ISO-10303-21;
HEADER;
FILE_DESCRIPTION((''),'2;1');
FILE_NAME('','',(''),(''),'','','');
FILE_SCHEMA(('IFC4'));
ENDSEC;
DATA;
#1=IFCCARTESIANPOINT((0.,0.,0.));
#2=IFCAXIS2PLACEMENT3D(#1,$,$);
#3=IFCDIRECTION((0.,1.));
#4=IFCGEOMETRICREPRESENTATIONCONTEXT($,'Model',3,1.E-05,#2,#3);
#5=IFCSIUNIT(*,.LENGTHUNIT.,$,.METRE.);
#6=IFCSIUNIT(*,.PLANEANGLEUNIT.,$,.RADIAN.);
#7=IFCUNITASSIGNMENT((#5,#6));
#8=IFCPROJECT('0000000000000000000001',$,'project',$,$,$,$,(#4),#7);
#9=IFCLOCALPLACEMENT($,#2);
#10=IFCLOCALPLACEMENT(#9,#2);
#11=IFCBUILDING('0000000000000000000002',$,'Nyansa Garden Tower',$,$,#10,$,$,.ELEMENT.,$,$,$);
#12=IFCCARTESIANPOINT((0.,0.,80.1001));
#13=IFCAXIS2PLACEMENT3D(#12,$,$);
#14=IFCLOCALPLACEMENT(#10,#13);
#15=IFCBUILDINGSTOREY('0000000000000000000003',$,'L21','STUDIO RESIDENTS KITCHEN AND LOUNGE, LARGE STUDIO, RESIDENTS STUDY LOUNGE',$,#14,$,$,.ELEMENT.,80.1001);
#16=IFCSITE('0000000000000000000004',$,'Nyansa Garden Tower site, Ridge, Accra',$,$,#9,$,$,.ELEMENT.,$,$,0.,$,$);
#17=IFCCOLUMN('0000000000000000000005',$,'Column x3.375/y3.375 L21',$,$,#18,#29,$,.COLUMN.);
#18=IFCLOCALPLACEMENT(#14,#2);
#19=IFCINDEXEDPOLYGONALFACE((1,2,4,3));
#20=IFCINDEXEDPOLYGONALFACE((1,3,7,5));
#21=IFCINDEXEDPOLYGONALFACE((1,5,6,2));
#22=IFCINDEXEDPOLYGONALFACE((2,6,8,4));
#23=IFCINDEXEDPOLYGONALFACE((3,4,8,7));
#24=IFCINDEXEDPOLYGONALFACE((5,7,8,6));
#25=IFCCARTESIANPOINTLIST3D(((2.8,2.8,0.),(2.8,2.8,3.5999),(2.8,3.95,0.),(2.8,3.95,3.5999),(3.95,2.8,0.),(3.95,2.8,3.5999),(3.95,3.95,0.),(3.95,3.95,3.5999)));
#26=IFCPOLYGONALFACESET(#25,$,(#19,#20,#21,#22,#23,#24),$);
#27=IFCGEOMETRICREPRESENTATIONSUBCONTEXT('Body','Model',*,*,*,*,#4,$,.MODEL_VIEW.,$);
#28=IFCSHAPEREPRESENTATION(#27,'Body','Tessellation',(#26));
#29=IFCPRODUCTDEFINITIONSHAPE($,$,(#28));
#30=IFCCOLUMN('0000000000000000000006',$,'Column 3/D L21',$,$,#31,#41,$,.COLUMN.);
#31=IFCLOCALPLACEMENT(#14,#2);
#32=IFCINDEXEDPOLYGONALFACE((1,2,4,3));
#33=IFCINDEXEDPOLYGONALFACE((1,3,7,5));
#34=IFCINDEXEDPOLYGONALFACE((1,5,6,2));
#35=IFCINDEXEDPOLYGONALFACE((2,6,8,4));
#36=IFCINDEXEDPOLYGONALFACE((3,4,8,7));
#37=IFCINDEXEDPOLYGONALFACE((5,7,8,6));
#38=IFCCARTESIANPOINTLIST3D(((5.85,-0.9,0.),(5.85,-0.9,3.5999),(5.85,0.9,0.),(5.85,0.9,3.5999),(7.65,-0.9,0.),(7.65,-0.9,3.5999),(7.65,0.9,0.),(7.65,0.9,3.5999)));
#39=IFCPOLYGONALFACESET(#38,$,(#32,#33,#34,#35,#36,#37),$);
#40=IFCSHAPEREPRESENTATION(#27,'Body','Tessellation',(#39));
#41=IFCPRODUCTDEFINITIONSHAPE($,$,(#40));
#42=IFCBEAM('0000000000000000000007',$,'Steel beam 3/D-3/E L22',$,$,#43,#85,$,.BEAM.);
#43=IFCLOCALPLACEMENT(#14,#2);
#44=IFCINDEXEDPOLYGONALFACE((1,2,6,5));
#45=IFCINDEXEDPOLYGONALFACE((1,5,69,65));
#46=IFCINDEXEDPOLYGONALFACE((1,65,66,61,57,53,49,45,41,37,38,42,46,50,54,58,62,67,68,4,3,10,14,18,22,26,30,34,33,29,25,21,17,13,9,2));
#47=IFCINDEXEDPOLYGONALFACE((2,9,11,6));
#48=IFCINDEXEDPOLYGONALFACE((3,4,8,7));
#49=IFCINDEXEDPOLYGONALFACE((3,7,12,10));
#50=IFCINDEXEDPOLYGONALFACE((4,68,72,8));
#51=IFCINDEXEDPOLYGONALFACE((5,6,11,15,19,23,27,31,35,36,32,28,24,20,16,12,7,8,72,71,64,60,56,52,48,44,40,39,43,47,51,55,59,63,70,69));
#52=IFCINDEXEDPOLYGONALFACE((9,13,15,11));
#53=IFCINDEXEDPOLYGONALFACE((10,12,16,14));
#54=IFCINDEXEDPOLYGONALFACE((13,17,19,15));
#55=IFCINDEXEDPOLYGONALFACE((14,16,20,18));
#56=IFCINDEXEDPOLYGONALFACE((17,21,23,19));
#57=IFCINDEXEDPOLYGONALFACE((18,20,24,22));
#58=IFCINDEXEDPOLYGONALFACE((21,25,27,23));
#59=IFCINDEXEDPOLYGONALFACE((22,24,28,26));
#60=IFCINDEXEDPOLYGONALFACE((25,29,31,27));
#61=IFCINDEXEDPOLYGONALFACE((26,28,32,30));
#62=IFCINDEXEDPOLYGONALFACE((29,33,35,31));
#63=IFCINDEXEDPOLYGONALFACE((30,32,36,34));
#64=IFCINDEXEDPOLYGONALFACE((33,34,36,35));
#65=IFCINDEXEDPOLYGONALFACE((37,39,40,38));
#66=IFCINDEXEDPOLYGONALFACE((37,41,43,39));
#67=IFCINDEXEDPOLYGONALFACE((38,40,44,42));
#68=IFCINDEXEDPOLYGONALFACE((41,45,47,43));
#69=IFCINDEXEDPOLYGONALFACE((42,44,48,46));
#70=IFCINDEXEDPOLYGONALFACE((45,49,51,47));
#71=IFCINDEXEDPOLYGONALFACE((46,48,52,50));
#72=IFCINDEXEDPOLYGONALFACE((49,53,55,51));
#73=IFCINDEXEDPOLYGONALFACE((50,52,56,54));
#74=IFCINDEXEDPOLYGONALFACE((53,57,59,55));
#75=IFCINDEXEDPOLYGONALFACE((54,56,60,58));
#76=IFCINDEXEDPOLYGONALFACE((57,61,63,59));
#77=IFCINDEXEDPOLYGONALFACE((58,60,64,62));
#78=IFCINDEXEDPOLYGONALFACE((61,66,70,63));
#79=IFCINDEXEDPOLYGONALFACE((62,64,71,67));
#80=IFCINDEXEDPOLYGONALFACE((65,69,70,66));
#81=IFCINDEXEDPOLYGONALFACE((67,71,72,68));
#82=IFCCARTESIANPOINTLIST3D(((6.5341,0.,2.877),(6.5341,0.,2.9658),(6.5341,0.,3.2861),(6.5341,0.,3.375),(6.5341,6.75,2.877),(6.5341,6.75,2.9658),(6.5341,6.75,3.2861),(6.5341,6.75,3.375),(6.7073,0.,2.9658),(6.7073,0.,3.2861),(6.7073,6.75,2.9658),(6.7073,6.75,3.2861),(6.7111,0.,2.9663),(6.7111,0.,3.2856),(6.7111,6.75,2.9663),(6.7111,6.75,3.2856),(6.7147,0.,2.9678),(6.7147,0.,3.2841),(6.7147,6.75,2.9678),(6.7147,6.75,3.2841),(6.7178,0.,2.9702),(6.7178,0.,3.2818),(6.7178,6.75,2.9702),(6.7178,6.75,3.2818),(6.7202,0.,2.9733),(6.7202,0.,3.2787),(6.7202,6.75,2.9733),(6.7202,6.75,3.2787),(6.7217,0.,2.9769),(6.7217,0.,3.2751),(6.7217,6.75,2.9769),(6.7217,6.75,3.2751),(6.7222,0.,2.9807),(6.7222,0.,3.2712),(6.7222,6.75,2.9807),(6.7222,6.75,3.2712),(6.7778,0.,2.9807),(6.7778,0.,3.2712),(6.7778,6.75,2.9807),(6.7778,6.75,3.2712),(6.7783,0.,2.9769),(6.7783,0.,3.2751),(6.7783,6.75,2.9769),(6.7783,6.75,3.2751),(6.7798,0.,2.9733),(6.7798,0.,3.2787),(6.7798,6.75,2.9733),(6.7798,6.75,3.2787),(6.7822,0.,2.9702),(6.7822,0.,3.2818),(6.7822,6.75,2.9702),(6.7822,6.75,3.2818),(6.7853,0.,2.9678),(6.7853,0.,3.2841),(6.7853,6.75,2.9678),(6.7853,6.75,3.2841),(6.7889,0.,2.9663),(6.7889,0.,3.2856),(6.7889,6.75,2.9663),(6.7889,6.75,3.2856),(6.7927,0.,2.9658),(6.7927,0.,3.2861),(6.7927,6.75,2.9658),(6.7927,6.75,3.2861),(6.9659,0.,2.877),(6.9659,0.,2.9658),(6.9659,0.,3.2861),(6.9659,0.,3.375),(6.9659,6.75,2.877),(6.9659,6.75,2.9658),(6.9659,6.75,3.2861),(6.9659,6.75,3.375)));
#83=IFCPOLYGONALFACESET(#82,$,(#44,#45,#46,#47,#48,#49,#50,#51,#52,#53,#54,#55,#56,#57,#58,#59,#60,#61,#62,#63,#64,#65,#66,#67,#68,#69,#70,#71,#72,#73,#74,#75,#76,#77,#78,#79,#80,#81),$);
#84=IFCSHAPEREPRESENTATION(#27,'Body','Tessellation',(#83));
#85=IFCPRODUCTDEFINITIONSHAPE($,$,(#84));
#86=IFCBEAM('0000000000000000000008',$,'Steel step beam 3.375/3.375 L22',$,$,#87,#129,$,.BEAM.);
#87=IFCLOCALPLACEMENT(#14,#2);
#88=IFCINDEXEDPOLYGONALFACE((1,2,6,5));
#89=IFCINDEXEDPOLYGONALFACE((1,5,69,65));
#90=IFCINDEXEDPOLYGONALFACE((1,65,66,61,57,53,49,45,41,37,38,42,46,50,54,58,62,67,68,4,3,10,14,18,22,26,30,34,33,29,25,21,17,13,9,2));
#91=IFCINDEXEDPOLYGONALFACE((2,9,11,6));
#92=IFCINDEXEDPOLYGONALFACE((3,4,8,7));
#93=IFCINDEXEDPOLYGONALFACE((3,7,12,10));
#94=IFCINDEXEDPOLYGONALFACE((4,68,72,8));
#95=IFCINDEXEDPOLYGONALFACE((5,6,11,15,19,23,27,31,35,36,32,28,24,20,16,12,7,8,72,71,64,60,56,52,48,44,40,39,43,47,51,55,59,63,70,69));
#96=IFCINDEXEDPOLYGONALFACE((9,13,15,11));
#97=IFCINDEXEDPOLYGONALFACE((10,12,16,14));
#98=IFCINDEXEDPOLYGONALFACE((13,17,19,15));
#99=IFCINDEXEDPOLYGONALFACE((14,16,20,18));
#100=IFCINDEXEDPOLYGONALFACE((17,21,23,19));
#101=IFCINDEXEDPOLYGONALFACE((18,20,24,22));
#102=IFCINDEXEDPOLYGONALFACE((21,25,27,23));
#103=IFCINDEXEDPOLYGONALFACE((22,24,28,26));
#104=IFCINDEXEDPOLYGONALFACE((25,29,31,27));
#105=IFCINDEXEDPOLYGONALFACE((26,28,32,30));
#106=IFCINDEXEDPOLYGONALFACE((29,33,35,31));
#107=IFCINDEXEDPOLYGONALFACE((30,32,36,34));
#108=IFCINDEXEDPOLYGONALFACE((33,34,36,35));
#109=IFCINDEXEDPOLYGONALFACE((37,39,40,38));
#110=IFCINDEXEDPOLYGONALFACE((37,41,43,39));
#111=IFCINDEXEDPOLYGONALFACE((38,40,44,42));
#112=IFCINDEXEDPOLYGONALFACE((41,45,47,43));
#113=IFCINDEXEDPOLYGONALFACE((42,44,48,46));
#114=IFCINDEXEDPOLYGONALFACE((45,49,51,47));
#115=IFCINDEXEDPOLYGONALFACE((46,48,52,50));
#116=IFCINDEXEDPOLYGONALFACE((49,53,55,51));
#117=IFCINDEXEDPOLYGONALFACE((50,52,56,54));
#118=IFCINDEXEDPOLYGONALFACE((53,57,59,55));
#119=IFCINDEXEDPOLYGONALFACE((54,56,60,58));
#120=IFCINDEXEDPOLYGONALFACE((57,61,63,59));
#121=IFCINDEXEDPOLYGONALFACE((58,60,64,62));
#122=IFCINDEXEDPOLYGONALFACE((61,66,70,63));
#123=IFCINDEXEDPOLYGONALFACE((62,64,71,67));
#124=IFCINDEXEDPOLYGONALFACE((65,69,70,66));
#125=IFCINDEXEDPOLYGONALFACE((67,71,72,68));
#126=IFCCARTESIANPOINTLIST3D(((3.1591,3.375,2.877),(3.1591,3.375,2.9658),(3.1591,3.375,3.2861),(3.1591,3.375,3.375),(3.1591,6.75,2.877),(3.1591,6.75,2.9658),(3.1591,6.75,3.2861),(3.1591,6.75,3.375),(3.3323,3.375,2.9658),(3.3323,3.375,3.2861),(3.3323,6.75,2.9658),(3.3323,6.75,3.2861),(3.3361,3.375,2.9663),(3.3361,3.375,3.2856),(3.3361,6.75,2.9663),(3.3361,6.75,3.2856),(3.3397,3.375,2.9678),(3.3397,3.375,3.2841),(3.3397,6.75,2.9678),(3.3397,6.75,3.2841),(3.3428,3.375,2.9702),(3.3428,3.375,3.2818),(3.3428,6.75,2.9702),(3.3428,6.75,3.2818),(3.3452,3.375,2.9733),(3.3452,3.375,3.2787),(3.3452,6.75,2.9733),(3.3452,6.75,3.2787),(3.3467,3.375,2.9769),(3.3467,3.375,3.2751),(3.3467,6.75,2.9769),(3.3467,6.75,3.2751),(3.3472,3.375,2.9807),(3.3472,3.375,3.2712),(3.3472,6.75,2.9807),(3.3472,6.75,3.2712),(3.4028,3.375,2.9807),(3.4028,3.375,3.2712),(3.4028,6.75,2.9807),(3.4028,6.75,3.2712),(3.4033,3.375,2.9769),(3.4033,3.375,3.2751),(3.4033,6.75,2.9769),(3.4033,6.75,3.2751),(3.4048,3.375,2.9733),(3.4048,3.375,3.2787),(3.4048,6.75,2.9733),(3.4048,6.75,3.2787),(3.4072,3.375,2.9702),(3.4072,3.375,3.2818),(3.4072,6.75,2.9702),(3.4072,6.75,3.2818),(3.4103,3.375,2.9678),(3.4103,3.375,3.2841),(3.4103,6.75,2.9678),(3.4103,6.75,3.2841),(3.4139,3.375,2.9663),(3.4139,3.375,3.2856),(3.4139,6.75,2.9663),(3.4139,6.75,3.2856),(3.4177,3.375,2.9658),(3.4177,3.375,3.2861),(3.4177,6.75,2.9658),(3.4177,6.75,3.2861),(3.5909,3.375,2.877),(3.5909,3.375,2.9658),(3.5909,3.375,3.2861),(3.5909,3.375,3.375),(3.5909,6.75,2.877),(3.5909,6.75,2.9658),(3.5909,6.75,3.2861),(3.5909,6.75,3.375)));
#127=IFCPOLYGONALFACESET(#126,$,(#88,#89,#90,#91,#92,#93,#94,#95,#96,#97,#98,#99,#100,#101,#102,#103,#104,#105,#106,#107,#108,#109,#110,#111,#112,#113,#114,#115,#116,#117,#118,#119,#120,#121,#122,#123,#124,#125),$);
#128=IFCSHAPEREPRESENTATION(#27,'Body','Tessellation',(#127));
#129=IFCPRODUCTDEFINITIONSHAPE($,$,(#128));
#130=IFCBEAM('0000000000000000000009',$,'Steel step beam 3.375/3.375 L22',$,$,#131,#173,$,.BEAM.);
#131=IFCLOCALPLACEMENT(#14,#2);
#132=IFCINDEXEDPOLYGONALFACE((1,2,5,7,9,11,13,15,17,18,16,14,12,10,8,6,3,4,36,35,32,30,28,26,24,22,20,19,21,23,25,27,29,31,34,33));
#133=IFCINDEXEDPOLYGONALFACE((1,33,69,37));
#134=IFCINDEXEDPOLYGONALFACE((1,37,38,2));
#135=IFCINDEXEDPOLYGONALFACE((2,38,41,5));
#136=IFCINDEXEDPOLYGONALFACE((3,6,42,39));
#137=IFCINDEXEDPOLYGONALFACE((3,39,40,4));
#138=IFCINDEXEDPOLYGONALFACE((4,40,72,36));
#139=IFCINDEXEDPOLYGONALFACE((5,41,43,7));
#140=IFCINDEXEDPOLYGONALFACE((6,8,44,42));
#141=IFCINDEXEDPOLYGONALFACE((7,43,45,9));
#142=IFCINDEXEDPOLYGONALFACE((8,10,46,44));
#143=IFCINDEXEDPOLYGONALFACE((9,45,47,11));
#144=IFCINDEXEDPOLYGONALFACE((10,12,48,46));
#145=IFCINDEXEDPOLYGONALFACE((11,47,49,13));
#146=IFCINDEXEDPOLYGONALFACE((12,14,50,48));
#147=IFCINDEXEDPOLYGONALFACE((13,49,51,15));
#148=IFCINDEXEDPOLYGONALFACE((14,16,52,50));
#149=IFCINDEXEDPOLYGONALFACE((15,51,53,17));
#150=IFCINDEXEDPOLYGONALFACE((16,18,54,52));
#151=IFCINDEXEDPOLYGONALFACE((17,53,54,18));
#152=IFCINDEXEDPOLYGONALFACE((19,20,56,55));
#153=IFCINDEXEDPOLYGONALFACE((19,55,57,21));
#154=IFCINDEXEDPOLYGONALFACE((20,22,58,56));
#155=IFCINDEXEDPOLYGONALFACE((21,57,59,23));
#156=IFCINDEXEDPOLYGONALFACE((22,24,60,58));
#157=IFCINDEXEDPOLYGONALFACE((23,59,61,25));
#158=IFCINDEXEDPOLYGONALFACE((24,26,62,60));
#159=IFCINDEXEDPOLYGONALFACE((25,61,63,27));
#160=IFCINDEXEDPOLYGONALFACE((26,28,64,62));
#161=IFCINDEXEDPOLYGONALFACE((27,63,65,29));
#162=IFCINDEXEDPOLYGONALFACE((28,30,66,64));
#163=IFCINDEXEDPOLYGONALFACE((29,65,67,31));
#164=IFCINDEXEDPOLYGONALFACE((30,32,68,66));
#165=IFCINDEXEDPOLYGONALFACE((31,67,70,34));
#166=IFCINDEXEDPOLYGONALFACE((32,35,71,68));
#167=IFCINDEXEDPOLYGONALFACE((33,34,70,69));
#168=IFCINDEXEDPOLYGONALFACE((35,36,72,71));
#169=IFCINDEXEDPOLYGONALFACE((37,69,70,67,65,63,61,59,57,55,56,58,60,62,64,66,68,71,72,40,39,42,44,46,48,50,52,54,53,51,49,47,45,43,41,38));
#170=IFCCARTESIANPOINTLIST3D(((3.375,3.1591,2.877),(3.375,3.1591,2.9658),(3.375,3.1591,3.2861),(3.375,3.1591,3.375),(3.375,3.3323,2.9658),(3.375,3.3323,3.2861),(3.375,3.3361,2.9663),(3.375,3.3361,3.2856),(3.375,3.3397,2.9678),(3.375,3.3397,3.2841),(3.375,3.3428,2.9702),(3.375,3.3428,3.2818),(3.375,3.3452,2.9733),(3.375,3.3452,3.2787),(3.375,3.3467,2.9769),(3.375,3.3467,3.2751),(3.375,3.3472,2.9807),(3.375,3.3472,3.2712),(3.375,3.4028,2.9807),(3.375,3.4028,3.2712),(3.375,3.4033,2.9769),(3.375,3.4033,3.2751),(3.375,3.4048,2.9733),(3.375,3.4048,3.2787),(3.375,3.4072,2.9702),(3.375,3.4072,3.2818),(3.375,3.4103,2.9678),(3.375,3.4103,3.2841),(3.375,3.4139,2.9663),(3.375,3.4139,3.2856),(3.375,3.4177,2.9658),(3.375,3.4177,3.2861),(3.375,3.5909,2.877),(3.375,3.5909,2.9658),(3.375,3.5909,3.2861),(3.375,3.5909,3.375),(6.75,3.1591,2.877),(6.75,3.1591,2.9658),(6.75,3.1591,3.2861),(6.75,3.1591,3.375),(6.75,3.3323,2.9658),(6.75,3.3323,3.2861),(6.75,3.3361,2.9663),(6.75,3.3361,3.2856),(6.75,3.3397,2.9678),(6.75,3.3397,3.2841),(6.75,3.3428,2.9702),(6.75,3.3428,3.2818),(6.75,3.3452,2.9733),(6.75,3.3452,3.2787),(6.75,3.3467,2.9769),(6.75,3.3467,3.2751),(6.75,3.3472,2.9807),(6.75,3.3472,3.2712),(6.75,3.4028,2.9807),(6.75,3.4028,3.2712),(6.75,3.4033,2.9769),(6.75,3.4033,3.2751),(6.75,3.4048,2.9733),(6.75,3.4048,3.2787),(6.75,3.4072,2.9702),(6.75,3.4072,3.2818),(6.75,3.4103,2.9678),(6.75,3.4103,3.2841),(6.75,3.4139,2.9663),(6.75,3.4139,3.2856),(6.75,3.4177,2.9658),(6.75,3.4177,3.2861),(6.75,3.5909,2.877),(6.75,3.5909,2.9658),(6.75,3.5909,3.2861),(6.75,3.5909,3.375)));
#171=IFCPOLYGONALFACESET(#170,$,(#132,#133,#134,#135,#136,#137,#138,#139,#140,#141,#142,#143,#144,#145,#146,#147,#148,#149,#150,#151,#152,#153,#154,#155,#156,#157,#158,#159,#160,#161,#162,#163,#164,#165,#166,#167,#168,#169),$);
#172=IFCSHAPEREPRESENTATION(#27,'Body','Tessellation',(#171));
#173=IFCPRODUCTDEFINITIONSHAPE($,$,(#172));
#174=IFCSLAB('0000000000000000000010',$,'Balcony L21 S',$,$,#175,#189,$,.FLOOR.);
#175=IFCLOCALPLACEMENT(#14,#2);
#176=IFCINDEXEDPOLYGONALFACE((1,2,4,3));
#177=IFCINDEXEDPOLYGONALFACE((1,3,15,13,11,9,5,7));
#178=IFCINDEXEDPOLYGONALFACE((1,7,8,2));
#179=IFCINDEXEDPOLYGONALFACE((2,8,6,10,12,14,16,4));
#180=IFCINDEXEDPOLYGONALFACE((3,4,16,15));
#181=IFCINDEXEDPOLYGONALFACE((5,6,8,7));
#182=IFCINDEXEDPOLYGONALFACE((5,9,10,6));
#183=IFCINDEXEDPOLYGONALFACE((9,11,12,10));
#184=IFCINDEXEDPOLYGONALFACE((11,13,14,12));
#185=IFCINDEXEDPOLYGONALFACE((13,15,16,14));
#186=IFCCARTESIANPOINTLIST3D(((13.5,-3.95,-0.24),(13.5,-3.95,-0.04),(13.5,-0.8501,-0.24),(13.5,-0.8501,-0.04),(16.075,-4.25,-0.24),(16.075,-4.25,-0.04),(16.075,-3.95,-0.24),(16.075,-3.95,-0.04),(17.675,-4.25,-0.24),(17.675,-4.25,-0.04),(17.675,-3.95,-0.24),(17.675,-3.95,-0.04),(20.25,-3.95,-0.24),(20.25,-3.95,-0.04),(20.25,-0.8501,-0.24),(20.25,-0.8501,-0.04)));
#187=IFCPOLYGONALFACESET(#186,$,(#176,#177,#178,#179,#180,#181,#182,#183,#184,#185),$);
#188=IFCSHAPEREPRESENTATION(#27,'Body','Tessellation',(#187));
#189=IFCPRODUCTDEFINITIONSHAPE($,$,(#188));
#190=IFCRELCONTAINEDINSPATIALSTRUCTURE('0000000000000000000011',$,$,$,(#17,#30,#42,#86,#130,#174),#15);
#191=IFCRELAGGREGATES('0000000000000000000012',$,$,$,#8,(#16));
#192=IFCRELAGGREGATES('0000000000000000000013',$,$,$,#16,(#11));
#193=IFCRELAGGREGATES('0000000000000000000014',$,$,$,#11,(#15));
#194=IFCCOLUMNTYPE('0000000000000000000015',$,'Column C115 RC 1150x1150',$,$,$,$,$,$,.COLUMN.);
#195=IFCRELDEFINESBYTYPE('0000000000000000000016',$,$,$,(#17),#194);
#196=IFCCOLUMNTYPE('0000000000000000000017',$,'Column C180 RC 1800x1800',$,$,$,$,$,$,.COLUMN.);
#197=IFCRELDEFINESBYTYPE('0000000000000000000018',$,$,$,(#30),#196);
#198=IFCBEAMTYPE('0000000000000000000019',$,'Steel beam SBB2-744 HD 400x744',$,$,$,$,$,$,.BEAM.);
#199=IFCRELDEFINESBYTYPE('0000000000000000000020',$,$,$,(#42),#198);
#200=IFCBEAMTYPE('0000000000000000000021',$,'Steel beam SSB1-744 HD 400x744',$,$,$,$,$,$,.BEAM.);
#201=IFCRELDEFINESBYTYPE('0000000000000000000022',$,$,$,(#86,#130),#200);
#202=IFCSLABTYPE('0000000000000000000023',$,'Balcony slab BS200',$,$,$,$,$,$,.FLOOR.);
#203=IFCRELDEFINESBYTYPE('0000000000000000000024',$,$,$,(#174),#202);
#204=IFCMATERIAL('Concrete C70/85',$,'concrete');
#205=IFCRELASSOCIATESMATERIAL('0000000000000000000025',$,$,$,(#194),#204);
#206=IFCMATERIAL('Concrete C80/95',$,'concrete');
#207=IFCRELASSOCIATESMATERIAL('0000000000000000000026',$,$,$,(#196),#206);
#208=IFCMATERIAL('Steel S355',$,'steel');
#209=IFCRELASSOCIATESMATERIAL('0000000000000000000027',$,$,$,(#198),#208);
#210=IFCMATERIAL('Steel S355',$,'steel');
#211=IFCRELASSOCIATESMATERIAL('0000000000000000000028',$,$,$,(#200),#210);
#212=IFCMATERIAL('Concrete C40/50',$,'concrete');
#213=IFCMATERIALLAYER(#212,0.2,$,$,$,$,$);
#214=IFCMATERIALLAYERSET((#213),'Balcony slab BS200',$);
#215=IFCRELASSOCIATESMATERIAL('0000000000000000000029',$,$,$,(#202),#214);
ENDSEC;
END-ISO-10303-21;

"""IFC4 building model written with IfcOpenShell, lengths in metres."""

from ifc_helpers import new_model, si_unit, direction, frame, origin, origin_2d, place, context, subcontext, project, spatial, polyline, rectangle, i_section, outline, extrude, material, layer, layer_set, material_profile, profile_set, type_object, element, save


model = new_model("IFC4")

# Units and contexts
model_context = context("Model", 3, precision=1e-05, world=origin(), true_north=direction((0.0, 1.0)))
body_context = subcontext(model_context, "Body", "Model", "MODEL_VIEW")
ifc_project = project(units=[si_unit("LENGTHUNIT", "METRE"), si_unit("PLANEANGLEUNIT", "RADIAN")], contexts=[model_context])

# Site, building, storey
site_placement = place(None, origin())
site = spatial("IfcSite", under=ifc_project, at=site_placement, Name="Nyansa Garden Tower site, Ridge, Accra", CompositionType="ELEMENT", RefElevation=0.0)
building_placement = place(site_placement, origin())
building = spatial("IfcBuilding", under=site, at=building_placement, Name="Nyansa Garden Tower", CompositionType="ELEMENT")
storey_placement = place(building_placement, frame((0.0, 0.0, 80.1001)))
storey = spatial("IfcBuildingStorey", under=building, at=storey_placement, Name="L21", Description="STUDIO RESIDENTS KITCHEN AND LOUNGE, LARGE STUDIO, RESIDENTS STUDY LOUNGE", CompositionType="ELEMENT", Elevation=80.1001)

# Columns
ifc_material_1 = material(Name="Concrete C70/85", Category="concrete")
ifc_material_profile_1 = material_profile(ifc_material_1, rectangle(XDim=1.1499, YDim=1.1499, at=origin_2d()), Name="RC 1150x1150")
ifc_profile_set_1 = profile_set([ifc_material_profile_1], Name="Concrete C70/85")
column_type_1 = type_object("IfcColumnType", Name="Column C115 RC 1150x1150", PredefinedType="COLUMN", material=ifc_profile_set_1)
column_1_placement = place(storey_placement, frame((3.375, 3.375, 0.0), z_axis=(0.0, 0.0, 1.0), x_axis=(1.0, 0.0, 0.0)))
element("IfcColumn", 1, at=column_1_placement, inside=storey, type_object=column_type_1, Name="Column x3.375/y3.375 L21", PredefinedType="COLUMN", context=body_context, shape_type="SweptSolid", body=[
    extrude(rectangle(XDim=1.1499, YDim=1.1499, at=origin_2d()), origin(), (0.0, 0.0, 1.0), 3.5999),
])
ifc_material_2 = material(Name="Concrete C80/95", Category="concrete")
ifc_material_profile_2 = material_profile(ifc_material_2, rectangle(XDim=1.8, YDim=1.8, at=origin_2d()), Name="RC 1800x1800")
ifc_profile_set_2 = profile_set([ifc_material_profile_2], Name="Concrete C80/95")
column_type_2 = type_object("IfcColumnType", Name="Column C180 RC 1800x1800", PredefinedType="COLUMN", material=ifc_profile_set_2)
column_2_placement = place(storey_placement, frame((6.75, 0.0, 0.0), z_axis=(0.0, 0.0, 1.0), x_axis=(1.0, 0.0, 0.0)))
element("IfcColumn", 2, at=column_2_placement, inside=storey, type_object=column_type_2, Name="Column 3/D L21", PredefinedType="COLUMN", context=body_context, shape_type="SweptSolid", body=[
    extrude(rectangle(XDim=1.8, YDim=1.8, at=origin_2d()), origin(), (0.0, 0.0, 1.0), 3.5999),
])

# Beams
ifc_material_3 = material(Name="Steel S355", Category="steel")
ifc_material_profile_3 = material_profile(ifc_material_3, i_section(OverallWidth=0.4319, OverallDepth=0.498, WebThickness=0.0557, FlangeThickness=0.0889, FilletRadius=0.0149, at=origin_2d()), Name="HD 400x744")
ifc_profile_set_3 = profile_set([ifc_material_profile_3], Name="Steel S355")
beam_type_1 = type_object("IfcBeamType", Name="Steel beam SBB2-744 HD 400x744", PredefinedType="BEAM", material=ifc_profile_set_3)
beam_placement = place(storey_placement, frame((6.75, 0.0, 3.126), z_axis=(0.0, 1.0, 0.0), x_axis=(-1.0, 0.0, 0.0)))
element("IfcBeam", 3, at=beam_placement, inside=storey, type_object=beam_type_1, Name="Steel beam 3/D-3/E L22", PredefinedType="BEAM", context=body_context, shape_type="SweptSolid", body=[
    extrude(i_section(OverallWidth=0.4319, OverallDepth=0.498, WebThickness=0.0557, FlangeThickness=0.0889, FilletRadius=0.0149, at=origin_2d()), origin(), (0.0, 0.0, 1.0), 6.75),
])
ifc_material_4 = material(Name="Steel S355", Category="steel")
ifc_material_profile_4 = material_profile(ifc_material_4, i_section(OverallWidth=0.4319, OverallDepth=0.498, WebThickness=0.0557, FlangeThickness=0.0889, FilletRadius=0.0149, at=origin_2d()), Name="HD 400x744")
ifc_profile_set_4 = profile_set([ifc_material_profile_4], Name="Steel S355")
beam_type_2 = type_object("IfcBeamType", Name="Steel beam SSB1-744 HD 400x744", PredefinedType="BEAM", material=ifc_profile_set_4)
for number, where, z_axis, x_axis, name in (
    (4, (3.375, 3.375, 3.126), (0.0, 1.0, 0.0), (-1.0, 0.0, 0.0), "Steel step beam 3.375/3.375 L22"),
    (5, (3.375, 3.375, 3.126), (1.0, 0.0, 0.0), (0.0, 1.0, 0.0), "Steel step beam 3.375/3.375 L22"),
):
    element("IfcBeam", number, at=place(storey_placement, frame(where, z_axis=z_axis, x_axis=x_axis)), inside=storey, type_object=beam_type_2, Name=name, PredefinedType="BEAM", context=body_context, shape_type="SweptSolid", body=[
        extrude(i_section(OverallWidth=0.4319, OverallDepth=0.498, WebThickness=0.0557, FlangeThickness=0.0889, FilletRadius=0.0149, at=origin_2d()), origin(), (0.0, 0.0, 1.0), 3.375),
    ])

# Slab
ifc_material_5 = material(Name="Concrete C40/50", Category="concrete")
ifc_layer_1 = layer(ifc_material_5, 0.2)
ifc_layer_set_1 = layer_set([ifc_layer_1], Name="Balcony slab BS200")
slab_type_1 = type_object("IfcSlabType", Name="Balcony slab BS200", PredefinedType="FLOOR", material=ifc_layer_set_1)
slab_1_placement = place(storey_placement, frame((0.0, 0.0, -0.24)))
element("IfcSlab", 6, at=slab_1_placement, inside=storey, type_object=slab_type_1, Name="Balcony L21 S", PredefinedType="FLOOR", context=body_context, shape_type="SweptSolid", body=[
    extrude(outline(polyline([(13.5, -0.8501), (20.25, -0.8501), (20.25, -3.95), (17.675, -3.95), (17.675, -4.25), (16.075, -4.25), (16.075, -3.95), (13.5, -3.95), (13.5, -0.8501)])), origin(), (0.0, 0.0, 1.0), 0.2),
])

save(model, "model.ifc")
